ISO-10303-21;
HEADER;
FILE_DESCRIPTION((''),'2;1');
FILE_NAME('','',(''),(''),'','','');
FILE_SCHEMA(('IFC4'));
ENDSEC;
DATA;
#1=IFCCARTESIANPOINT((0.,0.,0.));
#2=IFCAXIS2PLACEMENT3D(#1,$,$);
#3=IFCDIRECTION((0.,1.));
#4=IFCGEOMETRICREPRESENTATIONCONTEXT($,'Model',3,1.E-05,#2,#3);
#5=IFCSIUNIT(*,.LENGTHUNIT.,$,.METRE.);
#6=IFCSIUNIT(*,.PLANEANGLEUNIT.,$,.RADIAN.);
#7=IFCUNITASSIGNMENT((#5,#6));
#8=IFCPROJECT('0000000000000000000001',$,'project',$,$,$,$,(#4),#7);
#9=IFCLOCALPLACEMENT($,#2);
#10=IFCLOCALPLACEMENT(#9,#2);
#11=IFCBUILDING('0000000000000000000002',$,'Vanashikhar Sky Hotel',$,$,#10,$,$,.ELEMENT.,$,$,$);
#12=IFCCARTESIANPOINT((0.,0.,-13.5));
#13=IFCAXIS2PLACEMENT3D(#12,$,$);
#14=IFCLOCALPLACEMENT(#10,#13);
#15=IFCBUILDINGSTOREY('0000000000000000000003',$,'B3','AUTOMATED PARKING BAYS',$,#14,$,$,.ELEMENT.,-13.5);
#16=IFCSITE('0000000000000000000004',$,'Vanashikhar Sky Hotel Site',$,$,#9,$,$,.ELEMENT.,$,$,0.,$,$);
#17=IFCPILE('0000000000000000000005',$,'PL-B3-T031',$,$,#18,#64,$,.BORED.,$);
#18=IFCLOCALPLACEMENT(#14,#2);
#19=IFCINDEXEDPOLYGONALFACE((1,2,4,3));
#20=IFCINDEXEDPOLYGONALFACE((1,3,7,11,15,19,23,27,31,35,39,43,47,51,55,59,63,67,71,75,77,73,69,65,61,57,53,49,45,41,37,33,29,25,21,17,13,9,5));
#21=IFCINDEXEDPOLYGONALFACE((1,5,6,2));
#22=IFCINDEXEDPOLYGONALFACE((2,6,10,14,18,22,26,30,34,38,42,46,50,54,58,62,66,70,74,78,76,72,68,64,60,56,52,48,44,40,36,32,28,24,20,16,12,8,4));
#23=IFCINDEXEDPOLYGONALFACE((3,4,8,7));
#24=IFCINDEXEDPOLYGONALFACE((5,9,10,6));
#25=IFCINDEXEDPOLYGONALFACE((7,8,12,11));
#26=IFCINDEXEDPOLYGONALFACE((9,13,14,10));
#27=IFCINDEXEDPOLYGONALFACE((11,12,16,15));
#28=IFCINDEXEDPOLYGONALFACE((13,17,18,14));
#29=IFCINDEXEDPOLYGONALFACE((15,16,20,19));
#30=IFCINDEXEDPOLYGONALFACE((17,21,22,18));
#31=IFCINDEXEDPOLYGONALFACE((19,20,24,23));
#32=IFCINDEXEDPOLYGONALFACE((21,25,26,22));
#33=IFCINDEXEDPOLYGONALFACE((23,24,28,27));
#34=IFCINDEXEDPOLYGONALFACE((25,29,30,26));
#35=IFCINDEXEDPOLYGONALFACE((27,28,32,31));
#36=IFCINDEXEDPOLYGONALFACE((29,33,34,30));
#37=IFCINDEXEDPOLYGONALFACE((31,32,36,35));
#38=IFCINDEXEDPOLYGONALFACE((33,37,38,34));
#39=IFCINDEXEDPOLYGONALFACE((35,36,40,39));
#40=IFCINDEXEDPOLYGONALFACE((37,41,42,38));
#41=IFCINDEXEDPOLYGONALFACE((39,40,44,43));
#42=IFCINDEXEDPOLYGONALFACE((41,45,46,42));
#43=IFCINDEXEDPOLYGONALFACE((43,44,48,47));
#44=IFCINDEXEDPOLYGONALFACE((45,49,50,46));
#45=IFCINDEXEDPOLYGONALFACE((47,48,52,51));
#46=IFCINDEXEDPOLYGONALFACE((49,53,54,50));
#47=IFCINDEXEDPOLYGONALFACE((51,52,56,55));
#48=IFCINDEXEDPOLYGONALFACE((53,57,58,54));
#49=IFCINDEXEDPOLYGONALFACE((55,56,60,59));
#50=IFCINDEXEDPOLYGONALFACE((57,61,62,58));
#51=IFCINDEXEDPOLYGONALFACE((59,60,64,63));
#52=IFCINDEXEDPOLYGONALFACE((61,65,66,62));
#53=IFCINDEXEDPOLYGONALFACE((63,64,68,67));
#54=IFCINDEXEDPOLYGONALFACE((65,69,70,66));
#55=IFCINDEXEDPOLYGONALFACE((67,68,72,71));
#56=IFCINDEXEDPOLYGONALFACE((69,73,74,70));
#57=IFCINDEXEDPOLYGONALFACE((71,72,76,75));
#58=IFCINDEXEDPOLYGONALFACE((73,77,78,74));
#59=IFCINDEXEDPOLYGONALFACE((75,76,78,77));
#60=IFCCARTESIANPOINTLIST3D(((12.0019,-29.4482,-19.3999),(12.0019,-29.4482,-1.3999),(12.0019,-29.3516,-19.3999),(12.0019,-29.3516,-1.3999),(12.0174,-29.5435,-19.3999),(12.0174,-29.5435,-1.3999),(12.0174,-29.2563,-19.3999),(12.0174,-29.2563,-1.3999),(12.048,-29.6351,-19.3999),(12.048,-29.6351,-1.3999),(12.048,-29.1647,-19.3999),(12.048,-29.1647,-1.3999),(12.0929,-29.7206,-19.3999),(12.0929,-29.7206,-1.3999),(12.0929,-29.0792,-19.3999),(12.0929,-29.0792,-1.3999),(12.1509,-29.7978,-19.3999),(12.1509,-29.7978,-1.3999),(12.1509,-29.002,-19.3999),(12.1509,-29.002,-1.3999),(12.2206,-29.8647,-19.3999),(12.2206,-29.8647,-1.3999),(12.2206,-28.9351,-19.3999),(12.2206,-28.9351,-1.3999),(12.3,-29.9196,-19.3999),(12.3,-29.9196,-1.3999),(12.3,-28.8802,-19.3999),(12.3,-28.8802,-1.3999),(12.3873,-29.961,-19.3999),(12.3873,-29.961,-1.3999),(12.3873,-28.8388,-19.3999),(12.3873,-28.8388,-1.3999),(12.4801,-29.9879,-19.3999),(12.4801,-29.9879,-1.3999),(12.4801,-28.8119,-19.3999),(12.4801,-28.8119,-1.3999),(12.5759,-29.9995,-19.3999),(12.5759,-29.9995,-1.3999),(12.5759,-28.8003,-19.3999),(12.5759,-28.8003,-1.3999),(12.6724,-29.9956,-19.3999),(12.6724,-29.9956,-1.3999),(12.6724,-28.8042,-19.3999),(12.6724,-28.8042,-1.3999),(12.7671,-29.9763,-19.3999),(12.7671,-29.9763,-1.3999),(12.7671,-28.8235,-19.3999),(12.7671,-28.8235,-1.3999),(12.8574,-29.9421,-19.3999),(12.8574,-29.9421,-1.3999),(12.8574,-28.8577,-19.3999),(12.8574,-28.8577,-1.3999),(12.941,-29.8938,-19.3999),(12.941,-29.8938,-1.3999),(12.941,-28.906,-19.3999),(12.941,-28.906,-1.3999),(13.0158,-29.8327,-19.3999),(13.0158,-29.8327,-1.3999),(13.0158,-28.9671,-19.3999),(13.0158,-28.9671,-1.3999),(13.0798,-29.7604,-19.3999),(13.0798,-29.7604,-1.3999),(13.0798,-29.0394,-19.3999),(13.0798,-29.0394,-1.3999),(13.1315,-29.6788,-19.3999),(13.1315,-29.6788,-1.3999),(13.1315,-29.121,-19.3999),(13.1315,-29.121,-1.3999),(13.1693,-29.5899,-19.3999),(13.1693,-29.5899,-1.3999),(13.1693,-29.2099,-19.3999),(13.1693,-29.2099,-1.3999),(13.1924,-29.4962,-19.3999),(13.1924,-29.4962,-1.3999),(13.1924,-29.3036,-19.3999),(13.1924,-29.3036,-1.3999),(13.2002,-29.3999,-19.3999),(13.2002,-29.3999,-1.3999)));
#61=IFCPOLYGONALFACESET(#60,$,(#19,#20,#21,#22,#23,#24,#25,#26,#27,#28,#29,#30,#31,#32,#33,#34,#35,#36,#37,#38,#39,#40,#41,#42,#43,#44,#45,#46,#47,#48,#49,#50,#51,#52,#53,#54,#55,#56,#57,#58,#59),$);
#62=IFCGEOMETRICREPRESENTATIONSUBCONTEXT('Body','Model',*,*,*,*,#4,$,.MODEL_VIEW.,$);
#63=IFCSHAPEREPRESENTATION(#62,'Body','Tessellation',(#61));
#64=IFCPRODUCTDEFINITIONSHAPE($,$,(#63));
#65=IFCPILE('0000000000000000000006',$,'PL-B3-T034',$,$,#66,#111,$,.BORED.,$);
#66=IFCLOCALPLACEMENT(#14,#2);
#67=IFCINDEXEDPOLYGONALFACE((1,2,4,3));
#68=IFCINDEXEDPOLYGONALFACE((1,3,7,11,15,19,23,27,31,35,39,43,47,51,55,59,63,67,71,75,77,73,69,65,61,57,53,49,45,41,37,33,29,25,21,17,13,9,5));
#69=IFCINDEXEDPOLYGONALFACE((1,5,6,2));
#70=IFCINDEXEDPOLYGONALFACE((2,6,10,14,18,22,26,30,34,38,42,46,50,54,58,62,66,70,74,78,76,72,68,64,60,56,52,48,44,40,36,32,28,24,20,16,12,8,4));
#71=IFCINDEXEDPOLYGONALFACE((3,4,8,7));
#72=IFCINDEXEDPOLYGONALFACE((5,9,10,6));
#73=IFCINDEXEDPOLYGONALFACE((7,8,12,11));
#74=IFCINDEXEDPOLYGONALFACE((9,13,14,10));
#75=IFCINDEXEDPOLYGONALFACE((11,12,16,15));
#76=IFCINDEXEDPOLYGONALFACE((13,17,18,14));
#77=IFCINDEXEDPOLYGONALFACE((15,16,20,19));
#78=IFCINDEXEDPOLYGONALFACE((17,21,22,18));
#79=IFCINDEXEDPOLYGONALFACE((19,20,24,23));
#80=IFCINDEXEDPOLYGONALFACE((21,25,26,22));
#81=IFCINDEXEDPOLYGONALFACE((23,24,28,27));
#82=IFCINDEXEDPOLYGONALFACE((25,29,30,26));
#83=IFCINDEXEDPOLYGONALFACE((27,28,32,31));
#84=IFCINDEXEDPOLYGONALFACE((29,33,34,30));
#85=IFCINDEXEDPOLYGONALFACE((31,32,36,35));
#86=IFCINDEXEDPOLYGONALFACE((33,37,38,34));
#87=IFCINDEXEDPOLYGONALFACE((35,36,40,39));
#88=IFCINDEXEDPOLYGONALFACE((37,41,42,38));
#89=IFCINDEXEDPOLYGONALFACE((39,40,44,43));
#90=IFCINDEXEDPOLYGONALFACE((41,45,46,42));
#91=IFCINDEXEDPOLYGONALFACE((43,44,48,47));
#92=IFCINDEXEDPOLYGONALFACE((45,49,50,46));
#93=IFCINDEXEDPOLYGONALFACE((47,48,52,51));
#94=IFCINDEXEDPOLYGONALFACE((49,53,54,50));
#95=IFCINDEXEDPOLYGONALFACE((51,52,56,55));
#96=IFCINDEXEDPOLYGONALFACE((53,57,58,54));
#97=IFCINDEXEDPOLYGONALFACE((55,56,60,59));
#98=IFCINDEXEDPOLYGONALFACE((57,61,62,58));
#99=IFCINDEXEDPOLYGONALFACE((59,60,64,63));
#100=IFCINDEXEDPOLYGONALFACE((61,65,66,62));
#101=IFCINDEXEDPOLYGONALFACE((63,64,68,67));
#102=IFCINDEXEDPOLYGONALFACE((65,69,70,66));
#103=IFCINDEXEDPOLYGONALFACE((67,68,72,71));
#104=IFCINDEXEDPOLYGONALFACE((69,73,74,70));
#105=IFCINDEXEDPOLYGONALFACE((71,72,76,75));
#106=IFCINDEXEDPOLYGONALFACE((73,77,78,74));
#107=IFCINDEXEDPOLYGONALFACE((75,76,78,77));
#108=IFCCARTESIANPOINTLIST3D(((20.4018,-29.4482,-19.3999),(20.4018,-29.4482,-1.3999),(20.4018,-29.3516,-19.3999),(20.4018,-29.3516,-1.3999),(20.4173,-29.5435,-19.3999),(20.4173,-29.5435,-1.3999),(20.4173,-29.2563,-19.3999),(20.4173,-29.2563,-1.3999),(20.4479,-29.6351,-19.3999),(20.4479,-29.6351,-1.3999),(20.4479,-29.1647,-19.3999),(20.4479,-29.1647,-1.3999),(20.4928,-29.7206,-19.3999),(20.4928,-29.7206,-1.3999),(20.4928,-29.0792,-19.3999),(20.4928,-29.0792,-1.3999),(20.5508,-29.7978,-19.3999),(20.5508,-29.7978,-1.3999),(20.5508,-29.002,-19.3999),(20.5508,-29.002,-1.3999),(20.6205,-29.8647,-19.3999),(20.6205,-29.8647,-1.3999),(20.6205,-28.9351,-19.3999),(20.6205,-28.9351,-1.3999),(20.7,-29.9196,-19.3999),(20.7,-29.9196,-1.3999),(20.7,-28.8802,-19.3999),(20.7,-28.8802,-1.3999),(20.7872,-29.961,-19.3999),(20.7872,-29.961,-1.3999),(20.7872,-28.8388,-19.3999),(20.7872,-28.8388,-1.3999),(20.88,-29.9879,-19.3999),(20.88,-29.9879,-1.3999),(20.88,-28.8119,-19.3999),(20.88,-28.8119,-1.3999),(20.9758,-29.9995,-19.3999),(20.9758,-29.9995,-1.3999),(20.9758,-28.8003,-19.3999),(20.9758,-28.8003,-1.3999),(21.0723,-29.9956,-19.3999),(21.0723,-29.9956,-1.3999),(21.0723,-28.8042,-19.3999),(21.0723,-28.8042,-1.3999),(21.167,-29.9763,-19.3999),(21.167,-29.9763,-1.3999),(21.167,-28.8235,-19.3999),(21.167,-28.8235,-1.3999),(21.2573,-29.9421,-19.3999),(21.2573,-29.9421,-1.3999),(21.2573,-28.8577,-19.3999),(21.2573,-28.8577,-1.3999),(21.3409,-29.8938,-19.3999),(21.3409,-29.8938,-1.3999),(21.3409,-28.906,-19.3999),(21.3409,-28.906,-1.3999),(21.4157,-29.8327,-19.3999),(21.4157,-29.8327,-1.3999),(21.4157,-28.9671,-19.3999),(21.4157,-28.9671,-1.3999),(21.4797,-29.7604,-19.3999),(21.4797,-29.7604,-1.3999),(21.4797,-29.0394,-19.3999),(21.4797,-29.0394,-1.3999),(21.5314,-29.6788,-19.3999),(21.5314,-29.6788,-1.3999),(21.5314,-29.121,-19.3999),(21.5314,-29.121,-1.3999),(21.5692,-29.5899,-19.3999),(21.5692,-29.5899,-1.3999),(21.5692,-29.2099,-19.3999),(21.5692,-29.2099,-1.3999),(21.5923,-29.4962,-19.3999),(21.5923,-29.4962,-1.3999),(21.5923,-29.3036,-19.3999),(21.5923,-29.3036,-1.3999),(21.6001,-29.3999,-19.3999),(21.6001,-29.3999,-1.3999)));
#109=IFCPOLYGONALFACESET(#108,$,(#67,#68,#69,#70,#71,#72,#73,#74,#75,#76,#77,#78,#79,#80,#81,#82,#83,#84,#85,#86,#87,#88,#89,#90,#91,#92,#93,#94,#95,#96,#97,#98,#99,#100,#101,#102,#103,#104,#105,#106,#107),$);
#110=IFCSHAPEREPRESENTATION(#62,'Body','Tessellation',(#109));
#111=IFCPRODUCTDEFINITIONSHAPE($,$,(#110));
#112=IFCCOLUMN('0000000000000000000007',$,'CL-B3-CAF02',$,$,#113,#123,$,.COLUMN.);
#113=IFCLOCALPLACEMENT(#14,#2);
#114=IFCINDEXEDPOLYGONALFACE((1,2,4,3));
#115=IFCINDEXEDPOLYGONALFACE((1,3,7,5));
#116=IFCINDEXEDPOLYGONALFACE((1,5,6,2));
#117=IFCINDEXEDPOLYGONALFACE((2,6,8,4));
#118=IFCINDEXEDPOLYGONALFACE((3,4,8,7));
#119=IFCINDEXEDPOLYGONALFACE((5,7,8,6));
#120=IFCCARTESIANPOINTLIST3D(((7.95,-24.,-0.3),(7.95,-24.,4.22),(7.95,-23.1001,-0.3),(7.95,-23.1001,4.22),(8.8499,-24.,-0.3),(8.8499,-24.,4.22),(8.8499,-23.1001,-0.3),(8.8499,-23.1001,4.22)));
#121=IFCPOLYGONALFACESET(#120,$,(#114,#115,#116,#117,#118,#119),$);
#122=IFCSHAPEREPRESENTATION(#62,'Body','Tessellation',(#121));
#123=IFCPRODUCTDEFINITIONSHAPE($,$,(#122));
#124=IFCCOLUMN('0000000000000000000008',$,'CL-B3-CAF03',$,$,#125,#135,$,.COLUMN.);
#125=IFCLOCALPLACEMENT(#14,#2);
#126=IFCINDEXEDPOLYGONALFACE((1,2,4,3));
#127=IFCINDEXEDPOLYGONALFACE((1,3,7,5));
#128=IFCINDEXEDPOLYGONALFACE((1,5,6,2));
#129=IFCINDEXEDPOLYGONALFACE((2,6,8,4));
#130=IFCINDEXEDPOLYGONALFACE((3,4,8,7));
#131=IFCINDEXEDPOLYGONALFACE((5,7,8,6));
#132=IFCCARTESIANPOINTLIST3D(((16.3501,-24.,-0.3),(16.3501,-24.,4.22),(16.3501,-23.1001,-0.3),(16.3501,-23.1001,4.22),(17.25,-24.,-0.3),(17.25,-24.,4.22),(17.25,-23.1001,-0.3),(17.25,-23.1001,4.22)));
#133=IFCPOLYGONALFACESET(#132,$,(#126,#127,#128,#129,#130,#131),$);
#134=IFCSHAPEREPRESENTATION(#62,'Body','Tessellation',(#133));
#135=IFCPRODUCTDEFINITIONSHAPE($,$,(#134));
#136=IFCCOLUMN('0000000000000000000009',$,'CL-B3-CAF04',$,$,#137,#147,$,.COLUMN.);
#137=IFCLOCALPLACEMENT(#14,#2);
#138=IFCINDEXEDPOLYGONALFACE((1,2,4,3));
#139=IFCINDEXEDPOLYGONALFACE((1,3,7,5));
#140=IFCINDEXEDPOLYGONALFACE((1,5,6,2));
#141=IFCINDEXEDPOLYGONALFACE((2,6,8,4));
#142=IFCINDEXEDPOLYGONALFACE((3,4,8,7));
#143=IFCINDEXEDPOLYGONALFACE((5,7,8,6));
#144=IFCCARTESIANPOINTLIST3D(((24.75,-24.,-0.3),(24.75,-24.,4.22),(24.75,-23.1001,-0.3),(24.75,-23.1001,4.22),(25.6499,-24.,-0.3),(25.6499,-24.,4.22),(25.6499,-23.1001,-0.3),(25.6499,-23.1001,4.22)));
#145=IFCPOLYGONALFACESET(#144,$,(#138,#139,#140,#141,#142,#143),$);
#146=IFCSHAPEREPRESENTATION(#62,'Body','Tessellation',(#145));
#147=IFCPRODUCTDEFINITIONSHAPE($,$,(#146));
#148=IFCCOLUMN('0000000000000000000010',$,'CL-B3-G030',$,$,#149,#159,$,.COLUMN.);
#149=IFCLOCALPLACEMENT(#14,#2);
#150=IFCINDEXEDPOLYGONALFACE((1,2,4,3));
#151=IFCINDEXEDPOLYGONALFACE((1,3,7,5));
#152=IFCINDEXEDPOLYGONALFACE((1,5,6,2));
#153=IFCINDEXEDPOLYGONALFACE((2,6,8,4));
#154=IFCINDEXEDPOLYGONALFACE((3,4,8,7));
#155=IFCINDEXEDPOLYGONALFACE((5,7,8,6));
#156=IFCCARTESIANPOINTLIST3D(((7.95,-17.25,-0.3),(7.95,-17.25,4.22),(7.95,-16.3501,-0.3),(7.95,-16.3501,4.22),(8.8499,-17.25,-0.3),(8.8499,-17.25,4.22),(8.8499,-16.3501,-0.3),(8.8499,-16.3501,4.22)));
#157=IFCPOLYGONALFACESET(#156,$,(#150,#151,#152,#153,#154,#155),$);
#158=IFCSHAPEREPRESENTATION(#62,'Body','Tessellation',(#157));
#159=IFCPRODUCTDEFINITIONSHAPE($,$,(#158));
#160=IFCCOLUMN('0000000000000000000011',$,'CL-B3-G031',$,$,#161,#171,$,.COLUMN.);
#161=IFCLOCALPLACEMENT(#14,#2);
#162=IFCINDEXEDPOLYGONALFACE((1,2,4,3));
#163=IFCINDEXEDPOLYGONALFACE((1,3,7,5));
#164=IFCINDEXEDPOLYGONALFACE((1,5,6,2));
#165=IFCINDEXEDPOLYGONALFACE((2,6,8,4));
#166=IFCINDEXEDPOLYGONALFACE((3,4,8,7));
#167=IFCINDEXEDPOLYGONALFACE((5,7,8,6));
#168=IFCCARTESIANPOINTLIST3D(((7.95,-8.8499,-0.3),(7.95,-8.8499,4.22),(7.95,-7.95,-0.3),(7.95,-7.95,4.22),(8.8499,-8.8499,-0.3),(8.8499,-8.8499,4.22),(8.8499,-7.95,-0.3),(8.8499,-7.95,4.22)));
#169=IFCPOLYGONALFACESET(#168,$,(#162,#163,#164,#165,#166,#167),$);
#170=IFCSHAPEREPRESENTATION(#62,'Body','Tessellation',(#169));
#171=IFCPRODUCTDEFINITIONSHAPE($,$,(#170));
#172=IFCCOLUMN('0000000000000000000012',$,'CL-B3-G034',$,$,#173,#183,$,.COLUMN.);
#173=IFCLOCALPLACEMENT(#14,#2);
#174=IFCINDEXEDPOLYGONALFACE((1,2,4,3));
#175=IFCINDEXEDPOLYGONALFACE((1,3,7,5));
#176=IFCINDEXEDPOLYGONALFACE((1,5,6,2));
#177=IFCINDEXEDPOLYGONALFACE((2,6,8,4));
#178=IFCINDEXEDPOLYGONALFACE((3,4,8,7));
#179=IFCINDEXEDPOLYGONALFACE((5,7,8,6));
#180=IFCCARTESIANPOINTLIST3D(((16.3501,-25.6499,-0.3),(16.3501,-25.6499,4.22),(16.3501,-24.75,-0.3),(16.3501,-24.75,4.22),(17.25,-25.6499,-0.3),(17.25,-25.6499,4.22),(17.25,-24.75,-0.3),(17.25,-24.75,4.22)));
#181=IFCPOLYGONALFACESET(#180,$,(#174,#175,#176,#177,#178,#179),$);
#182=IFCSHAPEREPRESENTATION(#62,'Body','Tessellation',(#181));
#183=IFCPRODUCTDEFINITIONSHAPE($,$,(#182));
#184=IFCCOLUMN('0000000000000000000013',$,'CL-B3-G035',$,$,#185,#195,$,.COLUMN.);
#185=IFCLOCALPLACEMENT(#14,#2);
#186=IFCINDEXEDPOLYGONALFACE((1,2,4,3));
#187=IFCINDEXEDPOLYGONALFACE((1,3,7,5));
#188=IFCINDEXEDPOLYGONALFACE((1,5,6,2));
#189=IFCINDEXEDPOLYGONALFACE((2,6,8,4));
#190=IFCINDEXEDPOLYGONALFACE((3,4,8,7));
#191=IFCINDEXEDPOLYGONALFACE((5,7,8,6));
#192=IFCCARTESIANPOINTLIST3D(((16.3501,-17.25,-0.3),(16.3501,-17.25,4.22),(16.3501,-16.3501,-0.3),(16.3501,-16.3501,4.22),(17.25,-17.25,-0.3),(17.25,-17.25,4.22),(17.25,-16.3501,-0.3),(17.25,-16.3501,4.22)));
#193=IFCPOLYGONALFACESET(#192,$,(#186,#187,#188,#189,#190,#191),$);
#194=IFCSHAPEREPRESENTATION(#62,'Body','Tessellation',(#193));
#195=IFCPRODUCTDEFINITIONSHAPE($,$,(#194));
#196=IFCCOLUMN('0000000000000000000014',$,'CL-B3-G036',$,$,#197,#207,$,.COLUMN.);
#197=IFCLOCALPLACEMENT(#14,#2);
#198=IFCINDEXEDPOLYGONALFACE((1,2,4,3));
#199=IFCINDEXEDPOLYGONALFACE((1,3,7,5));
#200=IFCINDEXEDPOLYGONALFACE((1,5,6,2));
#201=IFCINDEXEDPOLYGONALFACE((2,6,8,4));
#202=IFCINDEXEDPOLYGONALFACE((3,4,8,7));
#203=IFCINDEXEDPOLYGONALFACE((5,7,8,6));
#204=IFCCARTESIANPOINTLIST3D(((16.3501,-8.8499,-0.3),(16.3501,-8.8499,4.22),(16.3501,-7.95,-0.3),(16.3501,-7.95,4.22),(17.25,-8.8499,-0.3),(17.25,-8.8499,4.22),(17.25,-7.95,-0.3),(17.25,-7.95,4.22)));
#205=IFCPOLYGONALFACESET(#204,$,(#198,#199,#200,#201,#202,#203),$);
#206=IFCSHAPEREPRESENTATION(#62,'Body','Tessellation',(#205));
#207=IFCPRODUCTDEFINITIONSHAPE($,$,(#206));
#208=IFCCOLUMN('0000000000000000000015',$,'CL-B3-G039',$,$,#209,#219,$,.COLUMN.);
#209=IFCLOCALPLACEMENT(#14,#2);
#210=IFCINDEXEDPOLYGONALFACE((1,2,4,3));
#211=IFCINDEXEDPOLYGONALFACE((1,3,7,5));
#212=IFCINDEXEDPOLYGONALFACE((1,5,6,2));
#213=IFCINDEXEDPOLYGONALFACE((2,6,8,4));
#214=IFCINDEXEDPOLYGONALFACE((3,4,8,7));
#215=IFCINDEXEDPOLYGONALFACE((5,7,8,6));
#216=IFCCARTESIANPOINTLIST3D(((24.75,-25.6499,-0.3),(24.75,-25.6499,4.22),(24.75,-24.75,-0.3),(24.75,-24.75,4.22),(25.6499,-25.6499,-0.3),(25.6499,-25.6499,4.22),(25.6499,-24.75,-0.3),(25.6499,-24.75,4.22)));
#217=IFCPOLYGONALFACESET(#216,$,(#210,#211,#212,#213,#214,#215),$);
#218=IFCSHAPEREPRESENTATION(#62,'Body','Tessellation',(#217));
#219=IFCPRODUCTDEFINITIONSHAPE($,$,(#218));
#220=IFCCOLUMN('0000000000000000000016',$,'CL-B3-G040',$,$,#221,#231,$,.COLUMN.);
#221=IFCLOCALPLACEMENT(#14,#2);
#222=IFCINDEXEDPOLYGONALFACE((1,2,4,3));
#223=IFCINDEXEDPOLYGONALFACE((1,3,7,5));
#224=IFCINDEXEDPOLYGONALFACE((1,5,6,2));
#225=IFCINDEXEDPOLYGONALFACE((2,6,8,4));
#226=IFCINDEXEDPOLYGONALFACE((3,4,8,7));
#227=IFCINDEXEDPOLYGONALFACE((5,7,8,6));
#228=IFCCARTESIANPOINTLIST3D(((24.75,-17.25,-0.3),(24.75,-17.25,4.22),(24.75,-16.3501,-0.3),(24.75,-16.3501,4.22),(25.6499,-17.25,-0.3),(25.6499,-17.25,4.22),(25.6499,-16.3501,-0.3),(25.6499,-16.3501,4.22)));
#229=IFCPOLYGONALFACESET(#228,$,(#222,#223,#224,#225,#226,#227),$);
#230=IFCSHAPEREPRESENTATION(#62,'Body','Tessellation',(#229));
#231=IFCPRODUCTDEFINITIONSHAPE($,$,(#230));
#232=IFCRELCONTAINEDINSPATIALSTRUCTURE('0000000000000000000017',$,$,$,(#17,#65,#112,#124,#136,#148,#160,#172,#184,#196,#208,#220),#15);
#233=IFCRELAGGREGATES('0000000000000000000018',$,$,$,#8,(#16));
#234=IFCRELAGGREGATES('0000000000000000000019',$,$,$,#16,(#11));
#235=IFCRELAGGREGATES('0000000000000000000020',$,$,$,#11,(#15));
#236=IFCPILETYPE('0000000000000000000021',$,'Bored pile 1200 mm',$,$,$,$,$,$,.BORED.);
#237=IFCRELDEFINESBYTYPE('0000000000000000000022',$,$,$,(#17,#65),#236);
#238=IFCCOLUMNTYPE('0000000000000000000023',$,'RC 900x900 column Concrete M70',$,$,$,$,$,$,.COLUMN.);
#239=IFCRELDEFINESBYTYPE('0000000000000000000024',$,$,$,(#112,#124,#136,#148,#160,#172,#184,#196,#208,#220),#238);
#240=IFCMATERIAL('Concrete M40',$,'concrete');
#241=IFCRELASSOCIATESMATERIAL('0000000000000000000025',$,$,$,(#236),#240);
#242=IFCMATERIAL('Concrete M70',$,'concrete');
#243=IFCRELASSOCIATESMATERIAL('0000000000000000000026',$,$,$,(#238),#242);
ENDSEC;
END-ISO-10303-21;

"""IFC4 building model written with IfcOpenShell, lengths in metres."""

from ifc_helpers import new_model, si_unit, direction, frame, origin, origin_2d, place, context, subcontext, project, spatial, rectangle, circle, extrude, source, transform, mapped, material, material_profile, profile_set, type_object, element, save


model = new_model("IFC4")

# Units and contexts
model_context = context("Model", 3, precision=1e-05, world=origin(), true_north=direction((0.0, 1.0)))
body_context = subcontext(model_context, "Body", "Model", "MODEL_VIEW")
ifc_project = project(units=[si_unit("LENGTHUNIT", "METRE"), si_unit("PLANEANGLEUNIT", "RADIAN")], contexts=[model_context])

# Site, building, storey
site_placement = place(None, origin())
site = spatial("IfcSite", under=ifc_project, at=site_placement, Name="Vanashikhar Sky Hotel Site", CompositionType="ELEMENT", RefElevation=0.0)
building_placement = place(site_placement, origin())
building = spatial("IfcBuilding", under=site, at=building_placement, Name="Vanashikhar Sky Hotel", CompositionType="ELEMENT")
storey_placement = place(building_placement, frame((0.0, 0.0, -13.5)))
storey = spatial("IfcBuildingStorey", under=building, at=storey_placement, Name="B3", Description="AUTOMATED PARKING BAYS", CompositionType="ELEMENT", Elevation=-13.5)

# Piles
ifc_material_1 = material(Name="Concrete M40", Category="concrete")
pile_type_1 = type_object("IfcPileType", Name="Bored pile 1200 mm", PredefinedType="BORED", material=ifc_material_1)
shared_shape_1 = source(origin(), body_context, "Body", "SweptSolid", [
    extrude(circle(Radius=0.6001, at=origin_2d()), origin(), (0.0, 0.0, 1.0), 18.0),
])
for number, where, z_axis, x_axis, name in (
    (1, (12.6001, -29.3999, -1.3999), (0.0, 0.0, -1.0), (1.0, 0.0, 0.0), "PL-B3-T031"),
    (2, (21.0, -29.3999, -1.3999), (0.0, 0.0, -1.0), (1.0, 0.0, 0.0), "PL-B3-T034"),
):
    element("IfcPile", number, at=place(storey_placement, frame(where, z_axis=z_axis, x_axis=x_axis)), inside=storey, type_object=pile_type_1, Name=name, PredefinedType="BORED", context=body_context, shape_type="MappedRepresentation", body=[
        mapped(shared_shape_1, transform((0.0, 0.0, 0.0), scale=1.0)),
    ])

# Columns
ifc_material_2 = material(Name="Concrete M70", Category="concrete")
ifc_material_profile = material_profile(ifc_material_2, rectangle(XDim=0.8999, YDim=0.8999, at=origin_2d()))
ifc_profile_set = profile_set([ifc_material_profile], Name="RC 900x900 column Concrete M70")
column_type = type_object("IfcColumnType", Name="RC 900x900 column Concrete M70", PredefinedType="COLUMN", material=ifc_profile_set)
shared_shape_2 = source(origin(), body_context, "Body", "SweptSolid", [
    extrude(rectangle(XDim=0.8999, YDim=0.8999, at=origin_2d()), origin(), (0.0, 0.0, 1.0), 4.52),
])
for number, where, z_axis, x_axis, name in (
    (3, (8.3999, -23.55, -0.3), (0.0, 0.0, 1.0), (1.0, 0.0, 0.0), "CL-B3-CAF02"),
    (4, (16.8, -23.55, -0.3), (0.0, 0.0, 1.0), (1.0, 0.0, 0.0), "CL-B3-CAF03"),
    (5, (25.2, -23.55, -0.3), (0.0, 0.0, 1.0), (1.0, 0.0, 0.0), "CL-B3-CAF04"),
    (6, (8.3999, -16.8, -0.3), (0.0, 0.0, 1.0), (1.0, 0.0, 0.0), "CL-B3-G030"),
    (7, (8.3999, -8.3999, -0.3), (0.0, 0.0, 1.0), (1.0, 0.0, 0.0), "CL-B3-G031"),
    (8, (16.8, -25.2, -0.3), (0.0, 0.0, 1.0), (1.0, 0.0, 0.0), "CL-B3-G034"),
    (9, (16.8, -16.8, -0.3), (0.0, 0.0, 1.0), (1.0, 0.0, 0.0), "CL-B3-G035"),
    (10, (16.8, -8.3999, -0.3), (0.0, 0.0, 1.0), (1.0, 0.0, 0.0), "CL-B3-G036"),
    (11, (25.2, -25.2, -0.3), (0.0, 0.0, 1.0), (1.0, 0.0, 0.0), "CL-B3-G039"),
    (12, (25.2, -16.8, -0.3), (0.0, 0.0, 1.0), (1.0, 0.0, 0.0), "CL-B3-G040"),
):
    element("IfcColumn", number, at=place(storey_placement, frame(where, z_axis=z_axis, x_axis=x_axis)), inside=storey, type_object=column_type, Name=name, PredefinedType="COLUMN", context=body_context, shape_type="MappedRepresentation", body=[
        mapped(shared_shape_2, transform((0.0, 0.0, 0.0), scale=1.0)),
    ])

save(model, "model.ifc")
